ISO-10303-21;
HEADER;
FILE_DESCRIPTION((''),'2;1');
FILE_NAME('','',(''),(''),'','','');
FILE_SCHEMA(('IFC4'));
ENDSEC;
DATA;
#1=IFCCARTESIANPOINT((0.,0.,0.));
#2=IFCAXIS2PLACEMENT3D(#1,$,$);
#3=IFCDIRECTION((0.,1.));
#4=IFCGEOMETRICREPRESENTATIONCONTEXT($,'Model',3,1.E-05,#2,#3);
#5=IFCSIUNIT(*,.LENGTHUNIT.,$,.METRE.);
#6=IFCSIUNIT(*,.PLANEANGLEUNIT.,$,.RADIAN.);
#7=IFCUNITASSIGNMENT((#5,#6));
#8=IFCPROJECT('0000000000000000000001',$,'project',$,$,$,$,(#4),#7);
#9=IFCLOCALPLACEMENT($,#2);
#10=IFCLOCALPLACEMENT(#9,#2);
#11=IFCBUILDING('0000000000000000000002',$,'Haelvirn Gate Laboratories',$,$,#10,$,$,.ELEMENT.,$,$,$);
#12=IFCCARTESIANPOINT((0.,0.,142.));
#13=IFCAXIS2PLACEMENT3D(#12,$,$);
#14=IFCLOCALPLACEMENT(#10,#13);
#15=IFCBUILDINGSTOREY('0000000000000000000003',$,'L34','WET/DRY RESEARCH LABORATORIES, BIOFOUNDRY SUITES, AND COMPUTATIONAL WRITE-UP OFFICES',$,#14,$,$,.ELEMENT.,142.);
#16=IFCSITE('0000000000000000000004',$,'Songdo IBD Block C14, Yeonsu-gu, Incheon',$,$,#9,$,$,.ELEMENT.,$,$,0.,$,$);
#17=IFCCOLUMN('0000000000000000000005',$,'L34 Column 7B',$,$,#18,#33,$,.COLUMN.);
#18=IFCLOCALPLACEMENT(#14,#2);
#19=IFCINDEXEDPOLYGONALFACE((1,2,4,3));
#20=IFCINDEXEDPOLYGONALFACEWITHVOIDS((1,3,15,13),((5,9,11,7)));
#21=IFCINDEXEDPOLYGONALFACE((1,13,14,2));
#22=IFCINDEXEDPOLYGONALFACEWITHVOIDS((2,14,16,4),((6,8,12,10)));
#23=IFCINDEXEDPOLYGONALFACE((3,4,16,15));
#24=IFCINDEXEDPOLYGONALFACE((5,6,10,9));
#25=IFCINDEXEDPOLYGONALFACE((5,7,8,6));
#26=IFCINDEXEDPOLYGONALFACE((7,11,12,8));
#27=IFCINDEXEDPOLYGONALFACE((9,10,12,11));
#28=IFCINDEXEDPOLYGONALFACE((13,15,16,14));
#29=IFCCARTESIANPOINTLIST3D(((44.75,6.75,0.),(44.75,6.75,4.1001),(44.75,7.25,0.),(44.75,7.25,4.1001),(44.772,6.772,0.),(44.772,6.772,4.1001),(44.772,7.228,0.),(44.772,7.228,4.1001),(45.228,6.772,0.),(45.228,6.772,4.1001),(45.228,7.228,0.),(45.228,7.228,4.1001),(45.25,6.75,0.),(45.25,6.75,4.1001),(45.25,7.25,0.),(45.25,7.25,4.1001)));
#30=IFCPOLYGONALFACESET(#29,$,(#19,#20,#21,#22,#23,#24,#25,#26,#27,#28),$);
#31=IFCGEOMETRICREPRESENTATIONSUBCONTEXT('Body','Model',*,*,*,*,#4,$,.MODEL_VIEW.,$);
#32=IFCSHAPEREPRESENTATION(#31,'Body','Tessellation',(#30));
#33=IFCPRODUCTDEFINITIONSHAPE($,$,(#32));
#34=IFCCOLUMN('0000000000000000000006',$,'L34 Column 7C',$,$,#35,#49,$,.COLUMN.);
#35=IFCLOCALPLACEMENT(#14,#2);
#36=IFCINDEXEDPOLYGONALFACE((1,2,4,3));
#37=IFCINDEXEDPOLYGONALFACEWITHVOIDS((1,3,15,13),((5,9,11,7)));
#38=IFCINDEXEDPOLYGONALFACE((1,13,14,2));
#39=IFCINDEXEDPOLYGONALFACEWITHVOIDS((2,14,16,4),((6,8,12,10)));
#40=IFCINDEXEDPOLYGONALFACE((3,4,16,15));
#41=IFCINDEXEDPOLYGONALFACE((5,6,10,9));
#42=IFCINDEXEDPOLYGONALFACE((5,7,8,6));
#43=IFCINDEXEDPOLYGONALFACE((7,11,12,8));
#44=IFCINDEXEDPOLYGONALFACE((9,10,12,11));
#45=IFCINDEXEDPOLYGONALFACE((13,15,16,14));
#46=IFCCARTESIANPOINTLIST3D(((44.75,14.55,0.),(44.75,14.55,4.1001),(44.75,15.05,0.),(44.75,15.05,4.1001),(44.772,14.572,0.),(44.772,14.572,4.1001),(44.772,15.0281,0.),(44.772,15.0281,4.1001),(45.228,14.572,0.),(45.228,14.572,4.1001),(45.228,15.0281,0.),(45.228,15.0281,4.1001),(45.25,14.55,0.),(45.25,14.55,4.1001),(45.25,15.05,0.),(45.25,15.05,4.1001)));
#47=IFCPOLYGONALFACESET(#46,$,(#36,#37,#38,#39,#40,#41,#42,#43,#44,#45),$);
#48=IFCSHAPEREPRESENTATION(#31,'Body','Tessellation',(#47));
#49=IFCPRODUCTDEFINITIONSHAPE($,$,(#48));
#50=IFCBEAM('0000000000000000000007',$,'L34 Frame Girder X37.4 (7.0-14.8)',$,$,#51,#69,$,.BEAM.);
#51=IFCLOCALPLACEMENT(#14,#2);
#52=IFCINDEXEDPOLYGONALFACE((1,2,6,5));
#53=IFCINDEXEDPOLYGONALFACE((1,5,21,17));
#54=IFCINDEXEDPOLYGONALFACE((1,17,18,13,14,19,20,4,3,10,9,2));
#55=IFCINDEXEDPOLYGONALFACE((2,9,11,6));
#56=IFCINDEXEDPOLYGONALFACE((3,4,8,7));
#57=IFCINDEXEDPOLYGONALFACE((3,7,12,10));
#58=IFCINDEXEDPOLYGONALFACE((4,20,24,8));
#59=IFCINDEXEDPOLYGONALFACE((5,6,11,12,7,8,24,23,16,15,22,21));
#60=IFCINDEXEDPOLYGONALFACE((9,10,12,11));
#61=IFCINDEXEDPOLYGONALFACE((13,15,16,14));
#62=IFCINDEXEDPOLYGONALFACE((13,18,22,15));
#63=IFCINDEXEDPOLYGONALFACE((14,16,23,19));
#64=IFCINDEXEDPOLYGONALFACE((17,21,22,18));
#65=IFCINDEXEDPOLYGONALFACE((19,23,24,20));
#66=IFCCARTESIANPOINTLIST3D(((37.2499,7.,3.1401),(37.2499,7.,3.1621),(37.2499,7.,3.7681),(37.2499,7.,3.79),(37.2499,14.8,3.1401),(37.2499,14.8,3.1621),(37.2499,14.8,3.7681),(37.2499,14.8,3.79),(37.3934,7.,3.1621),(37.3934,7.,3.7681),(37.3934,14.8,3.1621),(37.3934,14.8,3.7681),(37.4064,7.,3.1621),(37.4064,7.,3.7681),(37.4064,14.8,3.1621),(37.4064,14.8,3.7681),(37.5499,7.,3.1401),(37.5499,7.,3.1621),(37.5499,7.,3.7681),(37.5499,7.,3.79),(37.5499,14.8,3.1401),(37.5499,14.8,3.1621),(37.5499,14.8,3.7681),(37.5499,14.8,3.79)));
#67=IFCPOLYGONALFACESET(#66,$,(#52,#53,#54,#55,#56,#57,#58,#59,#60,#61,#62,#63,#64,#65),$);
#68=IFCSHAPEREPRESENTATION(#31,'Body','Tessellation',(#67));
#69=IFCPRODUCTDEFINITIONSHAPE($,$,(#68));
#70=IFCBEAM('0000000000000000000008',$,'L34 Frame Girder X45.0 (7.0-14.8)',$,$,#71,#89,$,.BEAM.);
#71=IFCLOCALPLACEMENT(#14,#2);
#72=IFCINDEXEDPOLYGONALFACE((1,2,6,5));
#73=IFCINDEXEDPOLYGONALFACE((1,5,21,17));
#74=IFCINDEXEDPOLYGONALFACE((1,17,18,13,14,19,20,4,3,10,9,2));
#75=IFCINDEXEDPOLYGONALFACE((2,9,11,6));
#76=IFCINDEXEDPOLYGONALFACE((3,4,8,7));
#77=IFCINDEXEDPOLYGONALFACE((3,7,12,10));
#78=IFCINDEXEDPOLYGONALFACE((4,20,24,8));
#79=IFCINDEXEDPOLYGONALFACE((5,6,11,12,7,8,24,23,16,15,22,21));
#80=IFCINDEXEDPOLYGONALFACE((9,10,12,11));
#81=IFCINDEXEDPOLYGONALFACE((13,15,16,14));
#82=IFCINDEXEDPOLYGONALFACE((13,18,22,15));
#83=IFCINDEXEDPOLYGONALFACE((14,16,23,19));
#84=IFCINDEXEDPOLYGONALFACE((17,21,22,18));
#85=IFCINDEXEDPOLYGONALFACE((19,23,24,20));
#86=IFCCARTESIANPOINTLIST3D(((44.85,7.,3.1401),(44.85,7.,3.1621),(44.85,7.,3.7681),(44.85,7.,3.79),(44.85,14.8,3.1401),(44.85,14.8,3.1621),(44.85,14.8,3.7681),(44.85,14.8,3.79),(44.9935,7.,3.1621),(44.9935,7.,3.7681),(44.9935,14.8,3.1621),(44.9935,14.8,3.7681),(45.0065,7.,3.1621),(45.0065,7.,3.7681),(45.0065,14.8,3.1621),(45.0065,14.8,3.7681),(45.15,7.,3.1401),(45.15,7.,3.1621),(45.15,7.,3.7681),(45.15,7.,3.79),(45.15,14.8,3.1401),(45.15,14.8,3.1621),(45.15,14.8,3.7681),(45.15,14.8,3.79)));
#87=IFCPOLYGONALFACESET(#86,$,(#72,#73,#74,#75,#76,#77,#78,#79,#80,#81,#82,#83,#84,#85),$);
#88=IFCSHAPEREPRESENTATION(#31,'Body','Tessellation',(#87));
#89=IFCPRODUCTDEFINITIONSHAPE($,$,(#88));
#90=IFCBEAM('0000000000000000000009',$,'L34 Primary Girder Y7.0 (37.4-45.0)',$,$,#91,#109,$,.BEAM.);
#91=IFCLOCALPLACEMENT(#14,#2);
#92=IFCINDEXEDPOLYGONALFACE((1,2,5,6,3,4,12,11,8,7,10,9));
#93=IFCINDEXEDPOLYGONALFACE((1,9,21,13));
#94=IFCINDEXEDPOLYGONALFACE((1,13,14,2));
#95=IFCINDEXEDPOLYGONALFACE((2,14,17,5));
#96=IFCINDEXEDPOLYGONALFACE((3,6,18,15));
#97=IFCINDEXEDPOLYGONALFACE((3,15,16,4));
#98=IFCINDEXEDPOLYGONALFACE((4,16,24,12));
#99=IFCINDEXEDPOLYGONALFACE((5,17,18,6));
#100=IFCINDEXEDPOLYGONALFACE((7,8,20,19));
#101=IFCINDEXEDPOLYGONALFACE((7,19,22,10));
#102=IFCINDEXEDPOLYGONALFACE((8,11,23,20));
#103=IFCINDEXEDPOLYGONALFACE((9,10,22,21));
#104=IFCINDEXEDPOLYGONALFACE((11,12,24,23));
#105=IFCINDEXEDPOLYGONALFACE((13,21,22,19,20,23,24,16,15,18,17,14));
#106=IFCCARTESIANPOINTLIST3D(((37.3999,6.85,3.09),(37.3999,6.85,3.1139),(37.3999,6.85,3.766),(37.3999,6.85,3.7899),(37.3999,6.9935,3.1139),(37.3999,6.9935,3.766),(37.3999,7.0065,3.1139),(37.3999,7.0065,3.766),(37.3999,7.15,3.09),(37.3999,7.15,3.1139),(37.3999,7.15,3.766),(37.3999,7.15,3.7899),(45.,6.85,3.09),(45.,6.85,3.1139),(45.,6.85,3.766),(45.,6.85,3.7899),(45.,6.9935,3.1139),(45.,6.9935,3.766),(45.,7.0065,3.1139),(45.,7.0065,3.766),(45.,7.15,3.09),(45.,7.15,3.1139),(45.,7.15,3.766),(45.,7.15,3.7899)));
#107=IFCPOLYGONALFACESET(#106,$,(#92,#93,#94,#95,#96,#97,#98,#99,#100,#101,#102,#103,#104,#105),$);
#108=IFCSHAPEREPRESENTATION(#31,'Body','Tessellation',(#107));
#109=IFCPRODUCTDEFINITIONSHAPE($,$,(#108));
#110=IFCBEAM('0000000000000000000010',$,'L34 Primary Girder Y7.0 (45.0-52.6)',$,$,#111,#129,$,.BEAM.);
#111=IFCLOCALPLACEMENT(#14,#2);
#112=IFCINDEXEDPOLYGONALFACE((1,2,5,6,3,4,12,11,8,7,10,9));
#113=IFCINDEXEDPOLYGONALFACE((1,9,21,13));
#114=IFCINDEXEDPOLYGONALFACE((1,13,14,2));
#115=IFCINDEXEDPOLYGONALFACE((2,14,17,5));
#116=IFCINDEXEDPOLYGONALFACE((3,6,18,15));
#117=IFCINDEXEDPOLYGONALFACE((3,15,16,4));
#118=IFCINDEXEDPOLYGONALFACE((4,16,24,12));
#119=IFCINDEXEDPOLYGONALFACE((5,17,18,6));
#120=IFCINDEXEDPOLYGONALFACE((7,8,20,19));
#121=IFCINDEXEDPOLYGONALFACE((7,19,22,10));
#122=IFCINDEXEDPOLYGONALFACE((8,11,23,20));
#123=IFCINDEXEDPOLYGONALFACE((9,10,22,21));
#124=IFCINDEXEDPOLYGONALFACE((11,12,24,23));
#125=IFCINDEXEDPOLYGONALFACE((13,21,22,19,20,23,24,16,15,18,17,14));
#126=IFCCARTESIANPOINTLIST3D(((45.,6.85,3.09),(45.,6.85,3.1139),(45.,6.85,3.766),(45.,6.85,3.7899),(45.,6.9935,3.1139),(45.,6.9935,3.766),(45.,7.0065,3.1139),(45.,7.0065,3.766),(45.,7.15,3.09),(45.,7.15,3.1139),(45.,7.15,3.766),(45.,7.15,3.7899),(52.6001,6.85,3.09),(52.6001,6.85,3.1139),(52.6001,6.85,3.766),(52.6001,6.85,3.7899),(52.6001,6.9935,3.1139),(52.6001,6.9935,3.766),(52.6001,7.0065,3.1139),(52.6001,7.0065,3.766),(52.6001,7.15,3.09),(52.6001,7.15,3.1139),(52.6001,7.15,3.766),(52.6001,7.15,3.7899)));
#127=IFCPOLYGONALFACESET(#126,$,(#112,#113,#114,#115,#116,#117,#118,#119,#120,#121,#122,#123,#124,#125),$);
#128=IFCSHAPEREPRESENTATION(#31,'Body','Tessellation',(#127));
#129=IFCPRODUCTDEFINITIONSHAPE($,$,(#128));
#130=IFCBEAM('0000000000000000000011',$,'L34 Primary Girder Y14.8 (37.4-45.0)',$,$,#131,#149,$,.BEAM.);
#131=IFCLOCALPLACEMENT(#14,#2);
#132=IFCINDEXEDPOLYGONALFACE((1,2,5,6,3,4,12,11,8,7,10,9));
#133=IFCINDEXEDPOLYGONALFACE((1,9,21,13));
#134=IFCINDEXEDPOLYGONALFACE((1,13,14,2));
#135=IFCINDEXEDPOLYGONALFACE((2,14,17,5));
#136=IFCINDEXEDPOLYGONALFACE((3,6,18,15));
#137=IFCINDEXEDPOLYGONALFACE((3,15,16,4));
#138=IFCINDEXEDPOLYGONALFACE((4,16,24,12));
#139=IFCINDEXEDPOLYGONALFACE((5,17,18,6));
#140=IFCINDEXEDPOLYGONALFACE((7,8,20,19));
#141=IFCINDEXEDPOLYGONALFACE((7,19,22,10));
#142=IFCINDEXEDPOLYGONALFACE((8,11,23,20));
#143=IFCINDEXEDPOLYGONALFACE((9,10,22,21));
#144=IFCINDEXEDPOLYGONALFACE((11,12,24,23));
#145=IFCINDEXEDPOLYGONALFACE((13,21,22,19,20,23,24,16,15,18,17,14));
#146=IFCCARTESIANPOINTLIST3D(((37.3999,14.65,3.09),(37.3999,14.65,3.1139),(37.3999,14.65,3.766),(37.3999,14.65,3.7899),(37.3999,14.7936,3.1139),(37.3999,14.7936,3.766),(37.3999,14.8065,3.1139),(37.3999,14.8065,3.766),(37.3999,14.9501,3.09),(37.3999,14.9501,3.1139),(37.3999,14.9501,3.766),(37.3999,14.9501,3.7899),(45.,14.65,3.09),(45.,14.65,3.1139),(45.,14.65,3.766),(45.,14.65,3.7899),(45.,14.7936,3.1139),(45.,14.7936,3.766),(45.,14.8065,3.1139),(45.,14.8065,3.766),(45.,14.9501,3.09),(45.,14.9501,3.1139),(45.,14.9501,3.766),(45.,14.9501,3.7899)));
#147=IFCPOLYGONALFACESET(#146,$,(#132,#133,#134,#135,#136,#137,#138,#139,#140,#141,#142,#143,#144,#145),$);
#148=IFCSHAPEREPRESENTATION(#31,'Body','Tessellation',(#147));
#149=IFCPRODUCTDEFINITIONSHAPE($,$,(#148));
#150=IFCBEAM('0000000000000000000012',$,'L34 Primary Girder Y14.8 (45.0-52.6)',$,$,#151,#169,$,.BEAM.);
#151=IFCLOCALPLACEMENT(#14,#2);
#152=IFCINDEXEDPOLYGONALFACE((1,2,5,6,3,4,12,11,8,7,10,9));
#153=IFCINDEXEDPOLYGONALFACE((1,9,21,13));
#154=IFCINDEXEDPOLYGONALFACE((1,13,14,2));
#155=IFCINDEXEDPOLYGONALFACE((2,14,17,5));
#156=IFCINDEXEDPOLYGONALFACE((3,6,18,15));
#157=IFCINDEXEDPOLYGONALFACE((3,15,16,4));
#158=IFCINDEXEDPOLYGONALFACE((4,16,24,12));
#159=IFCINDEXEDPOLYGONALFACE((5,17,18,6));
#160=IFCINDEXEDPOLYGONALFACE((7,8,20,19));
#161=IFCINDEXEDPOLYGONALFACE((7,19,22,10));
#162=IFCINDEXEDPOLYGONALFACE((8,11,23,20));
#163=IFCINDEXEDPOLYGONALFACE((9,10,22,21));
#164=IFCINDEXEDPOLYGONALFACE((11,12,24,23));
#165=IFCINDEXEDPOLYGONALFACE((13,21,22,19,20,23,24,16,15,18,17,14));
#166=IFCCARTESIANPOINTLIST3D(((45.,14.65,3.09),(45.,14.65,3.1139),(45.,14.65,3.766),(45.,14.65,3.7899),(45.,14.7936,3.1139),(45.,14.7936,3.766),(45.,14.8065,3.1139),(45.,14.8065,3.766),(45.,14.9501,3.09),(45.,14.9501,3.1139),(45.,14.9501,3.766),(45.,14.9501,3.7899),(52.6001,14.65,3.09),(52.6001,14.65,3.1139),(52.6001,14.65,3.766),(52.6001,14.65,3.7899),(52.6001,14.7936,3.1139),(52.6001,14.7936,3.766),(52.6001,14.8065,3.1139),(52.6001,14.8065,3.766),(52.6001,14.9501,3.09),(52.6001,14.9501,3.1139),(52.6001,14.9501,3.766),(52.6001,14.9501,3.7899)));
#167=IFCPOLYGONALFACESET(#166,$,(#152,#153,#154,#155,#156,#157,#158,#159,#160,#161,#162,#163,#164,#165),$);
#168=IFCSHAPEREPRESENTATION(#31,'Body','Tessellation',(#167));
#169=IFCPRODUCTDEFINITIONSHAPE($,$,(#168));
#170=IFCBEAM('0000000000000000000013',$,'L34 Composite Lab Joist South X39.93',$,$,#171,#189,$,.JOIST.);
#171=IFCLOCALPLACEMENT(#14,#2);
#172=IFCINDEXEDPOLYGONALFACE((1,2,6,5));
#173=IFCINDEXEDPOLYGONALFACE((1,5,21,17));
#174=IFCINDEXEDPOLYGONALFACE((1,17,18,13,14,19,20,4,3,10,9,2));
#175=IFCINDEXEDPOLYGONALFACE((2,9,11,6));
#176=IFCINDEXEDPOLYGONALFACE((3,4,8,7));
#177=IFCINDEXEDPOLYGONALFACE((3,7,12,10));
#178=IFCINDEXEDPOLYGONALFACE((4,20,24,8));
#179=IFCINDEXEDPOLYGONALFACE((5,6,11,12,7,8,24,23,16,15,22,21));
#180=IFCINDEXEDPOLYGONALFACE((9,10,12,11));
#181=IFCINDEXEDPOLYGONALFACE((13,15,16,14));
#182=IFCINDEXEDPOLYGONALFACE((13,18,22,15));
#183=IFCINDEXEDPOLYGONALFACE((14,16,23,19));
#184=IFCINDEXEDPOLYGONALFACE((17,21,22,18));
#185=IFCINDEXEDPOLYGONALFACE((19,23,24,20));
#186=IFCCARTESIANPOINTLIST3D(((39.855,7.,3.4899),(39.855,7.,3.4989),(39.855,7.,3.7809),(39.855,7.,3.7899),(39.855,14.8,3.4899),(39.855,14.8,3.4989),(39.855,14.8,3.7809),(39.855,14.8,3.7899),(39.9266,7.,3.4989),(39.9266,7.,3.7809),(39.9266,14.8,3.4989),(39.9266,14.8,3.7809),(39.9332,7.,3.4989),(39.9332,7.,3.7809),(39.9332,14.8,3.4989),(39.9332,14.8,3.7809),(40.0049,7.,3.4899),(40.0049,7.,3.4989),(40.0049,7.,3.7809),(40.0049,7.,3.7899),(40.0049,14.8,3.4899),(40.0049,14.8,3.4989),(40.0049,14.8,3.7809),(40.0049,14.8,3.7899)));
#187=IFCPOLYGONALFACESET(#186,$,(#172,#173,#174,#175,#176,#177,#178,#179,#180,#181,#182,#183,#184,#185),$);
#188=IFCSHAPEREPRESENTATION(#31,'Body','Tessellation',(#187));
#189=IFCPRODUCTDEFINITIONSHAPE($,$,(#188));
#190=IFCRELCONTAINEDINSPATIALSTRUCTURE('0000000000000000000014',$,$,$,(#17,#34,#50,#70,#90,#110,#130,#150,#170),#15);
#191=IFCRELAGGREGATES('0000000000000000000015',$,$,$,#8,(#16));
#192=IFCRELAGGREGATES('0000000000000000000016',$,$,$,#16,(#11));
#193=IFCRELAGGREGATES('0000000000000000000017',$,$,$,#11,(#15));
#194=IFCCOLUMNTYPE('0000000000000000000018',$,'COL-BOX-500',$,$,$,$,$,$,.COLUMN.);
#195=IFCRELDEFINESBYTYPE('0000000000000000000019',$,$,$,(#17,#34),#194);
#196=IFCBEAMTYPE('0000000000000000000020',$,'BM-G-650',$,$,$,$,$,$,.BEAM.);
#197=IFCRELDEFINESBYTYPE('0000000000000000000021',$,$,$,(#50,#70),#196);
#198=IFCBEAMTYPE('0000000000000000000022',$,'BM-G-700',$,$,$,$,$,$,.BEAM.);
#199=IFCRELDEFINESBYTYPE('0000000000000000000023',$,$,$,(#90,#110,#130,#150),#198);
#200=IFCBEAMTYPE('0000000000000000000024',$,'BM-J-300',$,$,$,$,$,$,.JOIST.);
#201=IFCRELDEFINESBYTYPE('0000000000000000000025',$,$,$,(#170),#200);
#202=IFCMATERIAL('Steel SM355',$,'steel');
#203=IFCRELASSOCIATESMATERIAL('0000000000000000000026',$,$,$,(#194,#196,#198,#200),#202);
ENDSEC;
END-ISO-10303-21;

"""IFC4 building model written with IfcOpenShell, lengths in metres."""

from ifc_helpers import new_model, si_unit, direction, frame, origin, origin_2d, place, context, subcontext, project, spatial, hollow_rectangle, i_section, extrude, source, transform, mapped, material, material_profile, profile_set, type_object, type_shapes, element, save


model = new_model("IFC4")

# Units and contexts
model_context = context("Model", 3, precision=1e-05, world=origin(), true_north=direction((0.0, 1.0)))
body_context = subcontext(model_context, "Body", "Model", "MODEL_VIEW")
ifc_project = project(units=[si_unit("LENGTHUNIT", "METRE"), si_unit("PLANEANGLEUNIT", "RADIAN")], contexts=[model_context])

# Site, building, storey
site_placement = place(None, origin())
site = spatial("IfcSite", under=ifc_project, at=site_placement, Name="Songdo IBD Block C14, Yeonsu-gu, Incheon", CompositionType="ELEMENT", RefElevation=0.0)
building_placement = place(site_placement, origin())
building = spatial("IfcBuilding", under=site, at=building_placement, Name="Haelvirn Gate Laboratories", CompositionType="ELEMENT")
storey_placement = place(building_placement, frame((0.0, 0.0, 142.0)))
storey = spatial("IfcBuildingStorey", under=building, at=storey_placement, Name="L34", Description="WET/DRY RESEARCH LABORATORIES, BIOFOUNDRY SUITES, AND COMPUTATIONAL WRITE-UP OFFICES", CompositionType="ELEMENT", Elevation=142.0)

# Columns
ifc_material_1 = material(Name="Steel SM355", Category="steel")
ifc_material_profile_1 = material_profile(ifc_material_1, hollow_rectangle(XDim=0.5, YDim=0.5, WallThickness=0.022, at=origin_2d()), Name="BOX-500x500x22")
ifc_profile_set_1 = profile_set([ifc_material_profile_1], Name="Steel SM355")
column_type = type_object("IfcColumnType", Name="COL-BOX-500", PredefinedType="COLUMN", material=ifc_profile_set_1)
shared_shape_1 = source(origin(), body_context, "Body", "SweptSolid", [
    extrude(hollow_rectangle(XDim=0.5, YDim=0.5, WallThickness=0.022, at=origin_2d()), origin(), (0.0, 0.0, 1.0), 4.1001),
])
type_shapes(column_type, [shared_shape_1])
for number, where, z_axis, x_axis, name in (
    (1, (45.0, 7.0, 0.0), (0.0, 0.0, 1.0), (1.0, 0.0, 0.0), "L34 Column 7B"),
    (2, (45.0, 14.8, 0.0), (0.0, 0.0, 1.0), (1.0, 0.0, 0.0), "L34 Column 7C"),
):
    element("IfcColumn", number, at=place(storey_placement, frame(where, z_axis=z_axis, x_axis=x_axis)), inside=storey, type_object=column_type, Name=name, PredefinedType="COLUMN", context=body_context, shape_type="MappedRepresentation", body=[
        mapped(shared_shape_1, transform((0.0, 0.0, 0.0), scale=1.0)),
    ])

# Beams
ifc_material_profile_2 = material_profile(ifc_material_1, i_section(OverallWidth=0.3, OverallDepth=0.6499, WebThickness=0.0129, FlangeThickness=0.022, at=origin_2d()), Name="H-650x300x13x22")
ifc_profile_set_2 = profile_set([ifc_material_profile_2], Name="Steel SM355")
beam_type_1 = type_object("IfcBeamType", Name="BM-G-650", PredefinedType="BEAM", material=ifc_profile_set_2)
shared_shape_2 = source(origin(), body_context, "Body", "SweptSolid", [
    extrude(i_section(OverallWidth=0.3, OverallDepth=0.6499, WebThickness=0.0129, FlangeThickness=0.022, at=origin_2d()), origin(), (0.0, 0.0, 1.0), 7.8),
])
type_shapes(beam_type_1, [shared_shape_2])
for number, where, z_axis, x_axis, name in (
    (3, (37.3999, 7.0, 3.4651), (0.0, 1.0, 0.0), (-1.0, 0.0, 0.0), "L34 Frame Girder X37.4 (7.0-14.8)"),
    (4, (45.0, 7.0, 3.4651), (0.0, 1.0, 0.0), (-1.0, 0.0, 0.0), "L34 Frame Girder X45.0 (7.0-14.8)"),
):
    element("IfcBeam", number, at=place(storey_placement, frame(where, z_axis=z_axis, x_axis=x_axis)), inside=storey, type_object=beam_type_1, Name=name, PredefinedType="BEAM", context=body_context, shape_type="MappedRepresentation", body=[
        mapped(shared_shape_2, transform((0.0, 0.0, 0.0), scale=1.0)),
    ])
ifc_material_profile_3 = material_profile(ifc_material_1, i_section(OverallWidth=0.3, OverallDepth=0.7, WebThickness=0.0129, FlangeThickness=0.0239, at=origin_2d()), Name="H-700x300x13x24")
ifc_profile_set_3 = profile_set([ifc_material_profile_3], Name="Steel SM355")
beam_type_2 = type_object("IfcBeamType", Name="BM-G-700", PredefinedType="BEAM", material=ifc_profile_set_3)
shared_shape_3 = source(origin(), body_context, "Body", "SweptSolid", [
    extrude(i_section(OverallWidth=0.3, OverallDepth=0.7, WebThickness=0.0129, FlangeThickness=0.0239, at=origin_2d()), origin(), (0.0, 0.0, 1.0), 7.6001),
])
type_shapes(beam_type_2, [shared_shape_3])
for number, where, z_axis, x_axis, name in (
    (5, (37.3999, 7.0, 3.4399), (1.0, 0.0, 0.0), (0.0, 1.0, 0.0), "L34 Primary Girder Y7.0 (37.4-45.0)"),
    (6, (45.0, 7.0, 3.4399), (1.0, 0.0, 0.0), (0.0, 1.0, 0.0), "L34 Primary Girder Y7.0 (45.0-52.6)"),
    (7, (37.3999, 14.8, 3.4399), (1.0, 0.0, 0.0), (0.0, 1.0, 0.0), "L34 Primary Girder Y14.8 (37.4-45.0)"),
    (8, (45.0, 14.8, 3.4399), (1.0, 0.0, 0.0), (0.0, 1.0, 0.0), "L34 Primary Girder Y14.8 (45.0-52.6)"),
):
    element("IfcBeam", number, at=place(storey_placement, frame(where, z_axis=z_axis, x_axis=x_axis)), inside=storey, type_object=beam_type_2, Name=name, PredefinedType="BEAM", context=body_context, shape_type="MappedRepresentation", body=[
        mapped(shared_shape_3, transform((0.0, 0.0, 0.0), scale=1.0)),
    ])
ifc_material_profile_4 = material_profile(ifc_material_1, i_section(OverallWidth=0.1499, OverallDepth=0.3, WebThickness=0.0066, FlangeThickness=0.009, at=origin_2d()), Name="H-300x150x6.5x9")
ifc_profile_set_4 = profile_set([ifc_material_profile_4], Name="Steel SM355")
beam_type_3 = type_object("IfcBeamType", Name="BM-J-300", PredefinedType="JOIST", material=ifc_profile_set_4)
shared_shape_4 = source(origin(), body_context, "Body", "SweptSolid", [
    extrude(i_section(OverallWidth=0.1499, OverallDepth=0.3, WebThickness=0.0066, FlangeThickness=0.009, at=origin_2d()), origin(), (0.0, 0.0, 1.0), 7.8),
])
type_shapes(beam_type_3, [shared_shape_4])
for number, where, z_axis, x_axis, name in (
    (9, (39.9299, 7.0, 3.6399), (0.0, 1.0, 0.0), (-1.0, 0.0, 0.0), "L34 Composite Lab Joist South X39.93"),
):
    element("IfcBeam", number, at=place(storey_placement, frame(where, z_axis=z_axis, x_axis=x_axis)), inside=storey, type_object=beam_type_3, Name=name, PredefinedType="JOIST", context=body_context, shape_type="MappedRepresentation", body=[
        mapped(shared_shape_4, transform((0.0, 0.0, 0.0), scale=1.0)),
    ])

save(model, "model.ifc")
